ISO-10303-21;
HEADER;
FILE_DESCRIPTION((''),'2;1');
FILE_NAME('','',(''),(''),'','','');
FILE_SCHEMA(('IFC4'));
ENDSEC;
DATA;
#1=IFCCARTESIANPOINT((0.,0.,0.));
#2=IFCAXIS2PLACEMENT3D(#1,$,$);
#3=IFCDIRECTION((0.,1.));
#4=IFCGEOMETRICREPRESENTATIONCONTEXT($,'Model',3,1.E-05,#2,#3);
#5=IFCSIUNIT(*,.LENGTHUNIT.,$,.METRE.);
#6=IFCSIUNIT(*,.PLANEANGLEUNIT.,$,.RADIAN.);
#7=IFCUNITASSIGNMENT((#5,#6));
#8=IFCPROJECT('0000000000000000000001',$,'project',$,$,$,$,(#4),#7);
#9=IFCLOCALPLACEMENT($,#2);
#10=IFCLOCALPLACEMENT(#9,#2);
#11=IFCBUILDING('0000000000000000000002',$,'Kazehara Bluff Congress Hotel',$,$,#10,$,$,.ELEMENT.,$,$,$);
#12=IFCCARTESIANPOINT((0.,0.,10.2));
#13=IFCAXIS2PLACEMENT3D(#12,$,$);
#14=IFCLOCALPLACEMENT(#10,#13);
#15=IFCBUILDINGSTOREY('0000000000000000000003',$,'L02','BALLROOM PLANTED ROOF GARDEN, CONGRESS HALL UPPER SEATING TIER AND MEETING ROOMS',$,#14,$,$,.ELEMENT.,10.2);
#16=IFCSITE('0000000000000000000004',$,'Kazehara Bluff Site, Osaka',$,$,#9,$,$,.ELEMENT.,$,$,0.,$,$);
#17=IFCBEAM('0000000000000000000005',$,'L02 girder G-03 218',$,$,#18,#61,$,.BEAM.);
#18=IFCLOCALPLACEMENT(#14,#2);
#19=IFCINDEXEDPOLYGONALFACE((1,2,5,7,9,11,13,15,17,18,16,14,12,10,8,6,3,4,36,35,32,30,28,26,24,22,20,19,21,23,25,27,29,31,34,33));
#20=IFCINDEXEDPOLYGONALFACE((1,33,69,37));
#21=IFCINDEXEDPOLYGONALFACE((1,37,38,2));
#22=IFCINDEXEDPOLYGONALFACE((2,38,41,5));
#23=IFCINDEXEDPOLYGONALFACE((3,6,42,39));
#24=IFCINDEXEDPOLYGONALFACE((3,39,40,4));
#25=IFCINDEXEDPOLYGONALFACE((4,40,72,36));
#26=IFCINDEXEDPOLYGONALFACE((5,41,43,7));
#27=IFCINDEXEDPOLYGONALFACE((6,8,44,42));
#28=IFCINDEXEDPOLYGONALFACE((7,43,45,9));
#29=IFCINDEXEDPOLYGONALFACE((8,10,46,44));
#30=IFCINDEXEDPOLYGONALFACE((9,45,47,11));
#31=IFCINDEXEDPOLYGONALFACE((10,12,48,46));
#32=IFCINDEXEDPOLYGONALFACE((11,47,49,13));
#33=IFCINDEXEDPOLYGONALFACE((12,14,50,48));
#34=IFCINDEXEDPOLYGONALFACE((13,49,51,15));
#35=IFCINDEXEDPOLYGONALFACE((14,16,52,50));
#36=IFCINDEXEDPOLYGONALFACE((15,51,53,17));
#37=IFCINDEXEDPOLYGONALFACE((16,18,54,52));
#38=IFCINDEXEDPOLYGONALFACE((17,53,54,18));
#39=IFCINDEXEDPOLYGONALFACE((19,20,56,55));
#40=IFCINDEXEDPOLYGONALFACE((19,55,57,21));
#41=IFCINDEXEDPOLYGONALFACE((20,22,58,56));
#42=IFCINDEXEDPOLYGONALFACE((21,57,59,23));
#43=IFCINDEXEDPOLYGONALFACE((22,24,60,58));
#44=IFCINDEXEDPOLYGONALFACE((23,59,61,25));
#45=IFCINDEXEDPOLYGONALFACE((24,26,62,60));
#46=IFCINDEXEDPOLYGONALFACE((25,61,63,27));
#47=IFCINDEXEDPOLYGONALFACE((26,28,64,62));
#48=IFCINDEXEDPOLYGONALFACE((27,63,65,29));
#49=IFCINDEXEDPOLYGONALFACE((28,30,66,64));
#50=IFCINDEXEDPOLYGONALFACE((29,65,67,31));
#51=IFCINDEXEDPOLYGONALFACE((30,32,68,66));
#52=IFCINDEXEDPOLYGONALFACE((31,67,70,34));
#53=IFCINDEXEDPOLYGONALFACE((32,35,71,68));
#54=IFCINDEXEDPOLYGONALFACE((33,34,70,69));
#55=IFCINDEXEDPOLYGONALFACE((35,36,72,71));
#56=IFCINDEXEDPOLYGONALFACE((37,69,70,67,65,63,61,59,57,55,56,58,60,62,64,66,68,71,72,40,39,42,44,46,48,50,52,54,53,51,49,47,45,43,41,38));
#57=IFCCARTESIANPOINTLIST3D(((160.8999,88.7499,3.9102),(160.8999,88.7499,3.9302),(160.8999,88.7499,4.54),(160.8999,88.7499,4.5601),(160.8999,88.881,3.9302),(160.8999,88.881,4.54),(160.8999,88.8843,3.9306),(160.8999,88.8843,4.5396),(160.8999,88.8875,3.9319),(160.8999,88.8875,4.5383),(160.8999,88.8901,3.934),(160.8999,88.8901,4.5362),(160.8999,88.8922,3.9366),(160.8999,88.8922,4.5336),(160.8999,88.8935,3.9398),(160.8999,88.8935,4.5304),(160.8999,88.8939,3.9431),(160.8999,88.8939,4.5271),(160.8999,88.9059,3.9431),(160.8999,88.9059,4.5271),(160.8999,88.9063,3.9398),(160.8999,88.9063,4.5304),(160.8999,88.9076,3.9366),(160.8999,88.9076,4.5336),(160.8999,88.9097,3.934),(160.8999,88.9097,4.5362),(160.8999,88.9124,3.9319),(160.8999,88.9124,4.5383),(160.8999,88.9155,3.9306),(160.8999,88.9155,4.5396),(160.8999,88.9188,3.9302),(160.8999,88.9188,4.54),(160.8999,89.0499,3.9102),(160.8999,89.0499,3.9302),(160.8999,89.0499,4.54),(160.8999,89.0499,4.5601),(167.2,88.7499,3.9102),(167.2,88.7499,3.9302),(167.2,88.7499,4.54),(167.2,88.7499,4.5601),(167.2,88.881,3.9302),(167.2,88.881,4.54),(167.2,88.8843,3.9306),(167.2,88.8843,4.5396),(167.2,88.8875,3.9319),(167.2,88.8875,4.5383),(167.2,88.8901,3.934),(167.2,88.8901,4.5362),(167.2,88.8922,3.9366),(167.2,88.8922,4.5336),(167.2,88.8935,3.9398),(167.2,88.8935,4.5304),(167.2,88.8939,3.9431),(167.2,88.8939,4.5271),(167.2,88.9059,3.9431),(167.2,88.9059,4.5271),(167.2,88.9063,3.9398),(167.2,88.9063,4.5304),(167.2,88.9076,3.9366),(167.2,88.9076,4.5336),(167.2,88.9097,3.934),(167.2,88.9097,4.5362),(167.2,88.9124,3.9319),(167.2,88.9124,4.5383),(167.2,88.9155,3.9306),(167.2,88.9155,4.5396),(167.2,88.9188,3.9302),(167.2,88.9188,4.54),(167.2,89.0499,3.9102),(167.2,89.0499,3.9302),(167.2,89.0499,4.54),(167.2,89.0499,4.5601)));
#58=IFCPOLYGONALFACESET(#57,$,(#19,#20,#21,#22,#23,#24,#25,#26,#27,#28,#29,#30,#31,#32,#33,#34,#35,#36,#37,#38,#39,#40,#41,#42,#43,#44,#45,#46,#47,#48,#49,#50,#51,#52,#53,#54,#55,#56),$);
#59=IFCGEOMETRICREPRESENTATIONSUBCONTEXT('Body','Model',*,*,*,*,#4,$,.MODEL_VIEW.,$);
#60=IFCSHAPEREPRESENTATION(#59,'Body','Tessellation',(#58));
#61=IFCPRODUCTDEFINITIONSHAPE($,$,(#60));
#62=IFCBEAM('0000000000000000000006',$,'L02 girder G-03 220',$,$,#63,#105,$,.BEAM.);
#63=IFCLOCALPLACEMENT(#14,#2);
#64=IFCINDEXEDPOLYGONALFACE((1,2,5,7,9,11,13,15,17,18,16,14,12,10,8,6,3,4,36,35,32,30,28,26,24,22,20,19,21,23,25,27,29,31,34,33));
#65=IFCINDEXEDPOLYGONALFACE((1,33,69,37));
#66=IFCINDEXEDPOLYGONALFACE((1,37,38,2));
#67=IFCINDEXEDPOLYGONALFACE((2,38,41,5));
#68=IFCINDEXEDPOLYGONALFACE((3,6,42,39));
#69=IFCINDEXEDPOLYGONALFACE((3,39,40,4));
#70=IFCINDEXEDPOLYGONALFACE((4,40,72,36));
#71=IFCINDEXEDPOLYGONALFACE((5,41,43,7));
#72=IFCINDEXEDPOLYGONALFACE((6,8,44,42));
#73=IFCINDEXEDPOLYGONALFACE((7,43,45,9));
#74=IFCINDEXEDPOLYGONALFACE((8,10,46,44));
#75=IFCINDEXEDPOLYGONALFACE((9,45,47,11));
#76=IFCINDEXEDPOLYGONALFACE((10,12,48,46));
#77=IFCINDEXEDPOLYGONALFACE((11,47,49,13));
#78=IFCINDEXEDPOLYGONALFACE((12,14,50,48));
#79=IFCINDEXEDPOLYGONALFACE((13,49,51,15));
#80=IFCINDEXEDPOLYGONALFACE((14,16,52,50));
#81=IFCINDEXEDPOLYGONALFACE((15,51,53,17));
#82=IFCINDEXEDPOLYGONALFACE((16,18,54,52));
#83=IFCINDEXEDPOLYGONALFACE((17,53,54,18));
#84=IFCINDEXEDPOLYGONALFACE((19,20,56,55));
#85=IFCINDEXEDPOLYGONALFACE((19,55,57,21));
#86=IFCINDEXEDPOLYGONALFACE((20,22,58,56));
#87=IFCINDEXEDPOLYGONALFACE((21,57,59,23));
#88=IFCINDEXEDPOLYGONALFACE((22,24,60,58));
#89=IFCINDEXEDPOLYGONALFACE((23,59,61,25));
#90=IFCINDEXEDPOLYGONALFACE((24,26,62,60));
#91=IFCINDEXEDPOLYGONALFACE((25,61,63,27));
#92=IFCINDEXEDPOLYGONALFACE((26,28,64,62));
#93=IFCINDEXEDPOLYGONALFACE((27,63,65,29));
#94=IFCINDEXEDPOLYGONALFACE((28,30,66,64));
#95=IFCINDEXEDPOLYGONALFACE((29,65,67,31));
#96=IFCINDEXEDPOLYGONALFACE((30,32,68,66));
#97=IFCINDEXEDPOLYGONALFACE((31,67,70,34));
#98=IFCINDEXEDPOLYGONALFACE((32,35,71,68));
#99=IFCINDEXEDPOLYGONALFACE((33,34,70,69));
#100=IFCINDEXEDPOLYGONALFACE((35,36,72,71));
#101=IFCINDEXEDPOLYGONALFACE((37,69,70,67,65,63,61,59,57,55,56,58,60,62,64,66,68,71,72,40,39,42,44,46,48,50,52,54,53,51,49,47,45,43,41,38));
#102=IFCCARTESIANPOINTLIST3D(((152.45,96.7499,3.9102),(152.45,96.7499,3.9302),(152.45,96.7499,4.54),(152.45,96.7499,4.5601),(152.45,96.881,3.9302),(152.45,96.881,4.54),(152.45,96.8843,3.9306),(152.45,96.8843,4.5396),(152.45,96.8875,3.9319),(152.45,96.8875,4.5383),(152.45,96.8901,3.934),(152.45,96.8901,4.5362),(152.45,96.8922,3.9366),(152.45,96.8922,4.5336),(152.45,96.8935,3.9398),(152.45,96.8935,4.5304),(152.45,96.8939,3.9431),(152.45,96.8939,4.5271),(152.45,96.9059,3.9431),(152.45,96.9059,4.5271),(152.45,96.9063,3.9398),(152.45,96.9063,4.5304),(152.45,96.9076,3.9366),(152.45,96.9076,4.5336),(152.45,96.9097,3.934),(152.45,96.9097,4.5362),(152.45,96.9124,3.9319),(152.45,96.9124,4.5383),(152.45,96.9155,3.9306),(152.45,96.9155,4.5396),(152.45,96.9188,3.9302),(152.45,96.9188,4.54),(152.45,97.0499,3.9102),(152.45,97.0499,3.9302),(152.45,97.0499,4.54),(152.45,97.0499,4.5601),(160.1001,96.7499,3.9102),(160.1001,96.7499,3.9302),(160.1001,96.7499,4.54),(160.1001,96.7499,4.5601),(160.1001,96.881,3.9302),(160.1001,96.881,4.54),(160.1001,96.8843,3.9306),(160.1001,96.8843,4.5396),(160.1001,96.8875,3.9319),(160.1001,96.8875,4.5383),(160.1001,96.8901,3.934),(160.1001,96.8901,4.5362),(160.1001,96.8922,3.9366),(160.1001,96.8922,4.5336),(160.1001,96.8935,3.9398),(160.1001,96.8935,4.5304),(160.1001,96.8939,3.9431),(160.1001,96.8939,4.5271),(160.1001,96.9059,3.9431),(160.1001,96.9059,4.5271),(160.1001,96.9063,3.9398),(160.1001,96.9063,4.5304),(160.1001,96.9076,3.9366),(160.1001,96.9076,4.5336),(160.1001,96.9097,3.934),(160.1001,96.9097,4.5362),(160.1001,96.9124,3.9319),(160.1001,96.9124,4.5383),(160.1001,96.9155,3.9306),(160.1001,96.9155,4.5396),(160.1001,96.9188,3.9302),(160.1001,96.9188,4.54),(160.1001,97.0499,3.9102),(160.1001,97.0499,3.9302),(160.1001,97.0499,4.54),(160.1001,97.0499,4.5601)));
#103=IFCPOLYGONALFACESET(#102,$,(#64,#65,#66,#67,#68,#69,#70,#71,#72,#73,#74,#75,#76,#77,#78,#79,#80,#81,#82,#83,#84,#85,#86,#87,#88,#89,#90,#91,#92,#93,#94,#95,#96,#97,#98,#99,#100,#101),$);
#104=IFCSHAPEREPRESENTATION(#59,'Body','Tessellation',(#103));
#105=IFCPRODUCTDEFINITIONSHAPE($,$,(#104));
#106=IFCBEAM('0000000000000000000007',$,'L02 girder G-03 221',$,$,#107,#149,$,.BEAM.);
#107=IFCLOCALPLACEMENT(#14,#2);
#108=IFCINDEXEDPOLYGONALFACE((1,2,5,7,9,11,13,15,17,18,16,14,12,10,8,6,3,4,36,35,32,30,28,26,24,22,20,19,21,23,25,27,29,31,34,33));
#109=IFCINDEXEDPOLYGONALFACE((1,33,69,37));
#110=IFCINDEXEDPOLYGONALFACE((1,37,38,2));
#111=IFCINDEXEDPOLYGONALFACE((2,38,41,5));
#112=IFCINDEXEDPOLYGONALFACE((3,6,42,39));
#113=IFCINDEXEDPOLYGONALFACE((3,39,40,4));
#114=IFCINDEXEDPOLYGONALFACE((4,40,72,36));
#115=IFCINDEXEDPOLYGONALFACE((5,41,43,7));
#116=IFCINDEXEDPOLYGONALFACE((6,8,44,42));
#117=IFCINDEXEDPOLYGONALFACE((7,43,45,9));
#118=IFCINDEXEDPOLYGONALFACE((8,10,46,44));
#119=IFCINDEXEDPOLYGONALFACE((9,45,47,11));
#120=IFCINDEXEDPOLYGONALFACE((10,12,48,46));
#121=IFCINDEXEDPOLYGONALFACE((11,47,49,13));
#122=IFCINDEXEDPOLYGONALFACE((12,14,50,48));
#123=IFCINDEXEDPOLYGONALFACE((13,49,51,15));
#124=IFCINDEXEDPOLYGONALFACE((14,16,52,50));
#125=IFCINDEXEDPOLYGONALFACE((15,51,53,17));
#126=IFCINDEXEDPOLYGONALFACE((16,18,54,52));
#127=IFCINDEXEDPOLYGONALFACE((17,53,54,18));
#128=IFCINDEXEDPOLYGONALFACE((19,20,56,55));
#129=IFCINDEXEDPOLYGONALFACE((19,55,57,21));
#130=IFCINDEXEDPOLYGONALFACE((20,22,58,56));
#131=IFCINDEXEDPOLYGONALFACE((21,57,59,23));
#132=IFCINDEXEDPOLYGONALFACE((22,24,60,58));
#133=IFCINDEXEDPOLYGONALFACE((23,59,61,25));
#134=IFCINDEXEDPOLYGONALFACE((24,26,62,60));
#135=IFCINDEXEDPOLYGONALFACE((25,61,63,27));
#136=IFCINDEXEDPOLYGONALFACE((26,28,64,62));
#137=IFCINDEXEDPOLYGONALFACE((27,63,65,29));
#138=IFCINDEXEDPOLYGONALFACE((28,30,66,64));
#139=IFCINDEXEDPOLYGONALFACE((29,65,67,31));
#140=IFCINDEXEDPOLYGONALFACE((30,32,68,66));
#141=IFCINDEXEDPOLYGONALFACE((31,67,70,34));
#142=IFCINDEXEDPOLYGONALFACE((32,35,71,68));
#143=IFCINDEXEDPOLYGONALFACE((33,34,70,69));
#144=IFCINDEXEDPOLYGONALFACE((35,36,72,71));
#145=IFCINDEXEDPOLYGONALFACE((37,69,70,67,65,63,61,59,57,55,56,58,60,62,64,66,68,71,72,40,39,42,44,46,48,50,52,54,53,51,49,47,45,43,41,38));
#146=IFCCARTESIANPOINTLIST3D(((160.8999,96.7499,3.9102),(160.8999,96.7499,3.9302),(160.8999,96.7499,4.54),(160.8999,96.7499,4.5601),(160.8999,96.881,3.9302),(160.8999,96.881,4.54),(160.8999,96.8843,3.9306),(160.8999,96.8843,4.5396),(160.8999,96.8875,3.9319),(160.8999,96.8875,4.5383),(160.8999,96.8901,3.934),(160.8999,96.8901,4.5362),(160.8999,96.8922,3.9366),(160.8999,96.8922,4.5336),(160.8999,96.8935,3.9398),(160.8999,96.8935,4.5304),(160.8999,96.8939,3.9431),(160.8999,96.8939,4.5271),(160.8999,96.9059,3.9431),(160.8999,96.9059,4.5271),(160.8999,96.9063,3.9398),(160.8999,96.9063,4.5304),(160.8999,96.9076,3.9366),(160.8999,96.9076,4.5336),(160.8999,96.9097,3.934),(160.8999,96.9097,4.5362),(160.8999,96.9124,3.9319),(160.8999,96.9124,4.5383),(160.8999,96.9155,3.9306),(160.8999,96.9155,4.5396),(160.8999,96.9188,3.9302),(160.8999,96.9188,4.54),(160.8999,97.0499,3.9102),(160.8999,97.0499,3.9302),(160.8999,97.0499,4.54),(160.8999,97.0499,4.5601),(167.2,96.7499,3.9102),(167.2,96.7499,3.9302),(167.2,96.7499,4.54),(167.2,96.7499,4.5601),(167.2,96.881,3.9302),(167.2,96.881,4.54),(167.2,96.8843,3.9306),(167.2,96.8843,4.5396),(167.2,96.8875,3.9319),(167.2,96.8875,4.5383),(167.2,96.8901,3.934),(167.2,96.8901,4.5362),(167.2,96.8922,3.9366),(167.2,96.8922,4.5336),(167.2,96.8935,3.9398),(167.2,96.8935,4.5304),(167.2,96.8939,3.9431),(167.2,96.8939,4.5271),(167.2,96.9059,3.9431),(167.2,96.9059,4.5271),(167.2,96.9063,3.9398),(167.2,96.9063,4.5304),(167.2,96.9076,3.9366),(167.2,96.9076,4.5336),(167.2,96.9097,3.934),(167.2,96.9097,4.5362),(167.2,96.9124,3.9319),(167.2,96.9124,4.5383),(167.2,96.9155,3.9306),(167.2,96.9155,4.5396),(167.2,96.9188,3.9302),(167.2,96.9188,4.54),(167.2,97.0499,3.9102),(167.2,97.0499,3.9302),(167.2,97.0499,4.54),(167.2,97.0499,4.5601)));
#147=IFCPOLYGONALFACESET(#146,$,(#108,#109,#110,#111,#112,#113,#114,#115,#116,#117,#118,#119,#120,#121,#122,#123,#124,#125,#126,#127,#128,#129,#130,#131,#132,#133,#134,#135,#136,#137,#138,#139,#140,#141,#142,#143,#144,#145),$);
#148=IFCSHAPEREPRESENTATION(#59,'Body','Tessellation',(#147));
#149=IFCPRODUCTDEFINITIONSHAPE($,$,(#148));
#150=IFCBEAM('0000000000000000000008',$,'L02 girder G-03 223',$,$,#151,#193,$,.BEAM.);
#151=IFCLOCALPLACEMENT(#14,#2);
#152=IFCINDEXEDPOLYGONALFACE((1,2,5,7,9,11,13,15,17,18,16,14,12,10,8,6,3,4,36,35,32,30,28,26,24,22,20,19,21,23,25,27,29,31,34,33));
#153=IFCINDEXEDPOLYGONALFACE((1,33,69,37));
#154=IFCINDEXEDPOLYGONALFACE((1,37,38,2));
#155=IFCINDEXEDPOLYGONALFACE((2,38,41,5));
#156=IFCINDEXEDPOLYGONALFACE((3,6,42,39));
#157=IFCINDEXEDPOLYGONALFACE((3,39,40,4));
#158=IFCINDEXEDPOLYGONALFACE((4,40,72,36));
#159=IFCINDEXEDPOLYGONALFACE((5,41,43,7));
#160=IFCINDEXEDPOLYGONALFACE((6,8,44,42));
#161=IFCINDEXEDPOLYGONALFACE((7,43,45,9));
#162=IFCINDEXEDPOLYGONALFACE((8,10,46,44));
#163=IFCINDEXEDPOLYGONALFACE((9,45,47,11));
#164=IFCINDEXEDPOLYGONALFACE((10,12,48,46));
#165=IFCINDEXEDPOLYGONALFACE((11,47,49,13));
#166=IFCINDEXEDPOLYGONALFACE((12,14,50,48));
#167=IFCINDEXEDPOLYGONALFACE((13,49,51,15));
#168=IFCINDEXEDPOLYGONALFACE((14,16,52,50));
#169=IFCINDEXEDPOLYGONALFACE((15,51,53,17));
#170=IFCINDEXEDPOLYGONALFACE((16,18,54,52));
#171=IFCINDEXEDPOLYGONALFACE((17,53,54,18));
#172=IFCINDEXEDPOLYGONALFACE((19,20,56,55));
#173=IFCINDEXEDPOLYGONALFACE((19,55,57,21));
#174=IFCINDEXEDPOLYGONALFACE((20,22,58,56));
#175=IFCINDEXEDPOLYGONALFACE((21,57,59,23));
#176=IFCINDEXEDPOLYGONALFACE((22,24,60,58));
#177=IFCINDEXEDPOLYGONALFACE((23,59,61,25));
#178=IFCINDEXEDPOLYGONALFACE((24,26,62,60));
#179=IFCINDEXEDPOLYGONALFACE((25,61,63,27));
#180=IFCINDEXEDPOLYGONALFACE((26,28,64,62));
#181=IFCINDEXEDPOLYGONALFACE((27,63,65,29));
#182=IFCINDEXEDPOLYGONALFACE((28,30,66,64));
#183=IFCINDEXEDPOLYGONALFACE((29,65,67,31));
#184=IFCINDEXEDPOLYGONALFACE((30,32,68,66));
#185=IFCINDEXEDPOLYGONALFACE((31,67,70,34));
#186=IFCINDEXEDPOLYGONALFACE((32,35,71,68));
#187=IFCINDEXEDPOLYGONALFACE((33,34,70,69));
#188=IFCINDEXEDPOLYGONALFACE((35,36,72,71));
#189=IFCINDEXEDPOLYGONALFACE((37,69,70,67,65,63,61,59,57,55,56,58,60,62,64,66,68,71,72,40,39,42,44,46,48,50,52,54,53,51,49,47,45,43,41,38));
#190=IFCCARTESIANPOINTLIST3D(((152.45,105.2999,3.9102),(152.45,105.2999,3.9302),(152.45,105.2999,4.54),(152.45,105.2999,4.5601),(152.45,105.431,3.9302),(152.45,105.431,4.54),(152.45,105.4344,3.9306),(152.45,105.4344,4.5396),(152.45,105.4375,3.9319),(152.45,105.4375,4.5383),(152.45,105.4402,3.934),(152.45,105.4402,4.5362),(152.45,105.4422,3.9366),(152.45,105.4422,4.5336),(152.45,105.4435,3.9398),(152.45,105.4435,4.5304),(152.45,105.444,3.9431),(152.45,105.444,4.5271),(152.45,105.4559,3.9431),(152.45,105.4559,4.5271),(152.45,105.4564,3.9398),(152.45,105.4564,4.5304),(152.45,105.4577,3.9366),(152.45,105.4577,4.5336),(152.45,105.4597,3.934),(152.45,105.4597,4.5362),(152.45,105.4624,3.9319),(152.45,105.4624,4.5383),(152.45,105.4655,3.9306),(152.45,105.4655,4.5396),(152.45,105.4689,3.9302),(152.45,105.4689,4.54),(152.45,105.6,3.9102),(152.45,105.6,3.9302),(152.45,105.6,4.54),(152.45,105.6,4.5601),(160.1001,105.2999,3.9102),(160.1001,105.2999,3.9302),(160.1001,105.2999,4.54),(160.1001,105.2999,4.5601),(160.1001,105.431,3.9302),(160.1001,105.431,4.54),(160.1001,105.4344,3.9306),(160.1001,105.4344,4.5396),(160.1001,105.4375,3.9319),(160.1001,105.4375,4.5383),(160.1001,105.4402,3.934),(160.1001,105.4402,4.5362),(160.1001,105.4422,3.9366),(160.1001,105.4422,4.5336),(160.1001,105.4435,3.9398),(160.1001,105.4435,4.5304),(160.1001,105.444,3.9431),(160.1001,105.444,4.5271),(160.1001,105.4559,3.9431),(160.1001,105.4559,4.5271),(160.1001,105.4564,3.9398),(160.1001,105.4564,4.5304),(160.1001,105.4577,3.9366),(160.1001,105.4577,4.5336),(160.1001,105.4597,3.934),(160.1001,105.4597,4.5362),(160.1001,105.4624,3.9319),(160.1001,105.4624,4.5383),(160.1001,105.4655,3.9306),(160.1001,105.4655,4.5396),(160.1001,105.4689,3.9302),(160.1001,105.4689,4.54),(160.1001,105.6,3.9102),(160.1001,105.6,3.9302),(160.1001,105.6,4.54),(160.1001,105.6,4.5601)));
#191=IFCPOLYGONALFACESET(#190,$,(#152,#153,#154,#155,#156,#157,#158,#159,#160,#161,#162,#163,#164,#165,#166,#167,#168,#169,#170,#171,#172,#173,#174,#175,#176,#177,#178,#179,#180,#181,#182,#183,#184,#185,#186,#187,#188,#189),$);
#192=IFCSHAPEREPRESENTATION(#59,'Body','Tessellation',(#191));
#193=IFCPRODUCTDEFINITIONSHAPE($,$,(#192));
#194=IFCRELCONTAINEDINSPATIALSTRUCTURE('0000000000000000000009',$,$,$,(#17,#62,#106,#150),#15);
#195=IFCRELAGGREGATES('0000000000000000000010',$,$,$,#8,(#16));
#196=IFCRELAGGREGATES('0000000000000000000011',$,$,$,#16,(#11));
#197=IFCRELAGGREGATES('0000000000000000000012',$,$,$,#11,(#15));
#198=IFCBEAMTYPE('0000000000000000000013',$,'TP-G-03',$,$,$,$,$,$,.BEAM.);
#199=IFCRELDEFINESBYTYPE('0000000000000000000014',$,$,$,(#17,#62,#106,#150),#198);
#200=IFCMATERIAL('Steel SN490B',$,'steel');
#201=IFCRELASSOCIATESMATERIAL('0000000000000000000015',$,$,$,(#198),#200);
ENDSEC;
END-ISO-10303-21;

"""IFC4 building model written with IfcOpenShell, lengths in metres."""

from ifc_helpers import new_model, si_unit, direction, frame, origin, origin_2d, place, context, subcontext, project, spatial, i_section, extrude, material, material_profile, profile_set, type_object, element, save


model = new_model("IFC4")

# Units and contexts
model_context = context("Model", 3, precision=1e-05, world=origin(), true_north=direction((0.0, 1.0)))
body_context = subcontext(model_context, "Body", "Model", "MODEL_VIEW")
ifc_project = project(units=[si_unit("LENGTHUNIT", "METRE"), si_unit("PLANEANGLEUNIT", "RADIAN")], contexts=[model_context])

# Site, building, storey
site_placement = place(None, origin())
site = spatial("IfcSite", under=ifc_project, at=site_placement, Name="Kazehara Bluff Site, Osaka", CompositionType="ELEMENT", RefElevation=0.0)
building_placement = place(site_placement, origin())
building = spatial("IfcBuilding", under=site, at=building_placement, Name="Kazehara Bluff Congress Hotel", CompositionType="ELEMENT")
storey_placement = place(building_placement, frame((0.0, 0.0, 10.2)))
storey = spatial("IfcBuildingStorey", under=building, at=storey_placement, Name="L02", Description="BALLROOM PLANTED ROOF GARDEN, CONGRESS HALL UPPER SEATING TIER AND MEETING ROOMS", CompositionType="ELEMENT", Elevation=10.2)

# Beams
ifc_material_1 = material(Name="Steel SN490B", Category="steel")
ifc_material_profile_1 = material_profile(ifc_material_1, i_section(OverallWidth=0.3, OverallDepth=0.6499, WebThickness=0.012, FlangeThickness=0.02, FilletRadius=0.0129, at=origin_2d()))
ifc_profile_set_1 = profile_set([ifc_material_profile_1], Name="Steel SN490B")
beam_type_1 = type_object("IfcBeamType", Name="TP-G-03", PredefinedType="BEAM", material=ifc_profile_set_1)
beam_1_placement = place(storey_placement, frame((160.8999, 88.8999, 4.2351), z_axis=(1.0, 0.0, 0.0), x_axis=(0.0, 1.0, 0.0)))
element("IfcBeam", 1, at=beam_1_placement, inside=storey, type_object=beam_type_1, Name="L02 girder G-03 218", PredefinedType="BEAM", context=body_context, shape_type="SweptSolid", body=[
    extrude(i_section(OverallWidth=0.3, OverallDepth=0.6499, WebThickness=0.012, FlangeThickness=0.02, FilletRadius=0.0129, at=origin_2d()), origin(), (0.0, 0.0, 1.0), 6.3),
])
beam_2_placement = place(storey_placement, frame((152.45, 96.8999, 4.2351), z_axis=(1.0, 0.0, 0.0), x_axis=(0.0, 1.0, 0.0)))
element("IfcBeam", 2, at=beam_2_placement, inside=storey, type_object=beam_type_1, Name="L02 girder G-03 220", PredefinedType="BEAM", context=body_context, shape_type="SweptSolid", body=[
    extrude(i_section(OverallWidth=0.3, OverallDepth=0.6499, WebThickness=0.012, FlangeThickness=0.02, FilletRadius=0.0129, at=origin_2d()), origin(), (0.0, 0.0, 1.0), 7.6501),
])
beam_3_placement = place(storey_placement, frame((160.8999, 96.8999, 4.2351), z_axis=(1.0, 0.0, 0.0), x_axis=(0.0, 1.0, 0.0)))
element("IfcBeam", 3, at=beam_3_placement, inside=storey, type_object=beam_type_1, Name="L02 girder G-03 221", PredefinedType="BEAM", context=body_context, shape_type="SweptSolid", body=[
    extrude(i_section(OverallWidth=0.3, OverallDepth=0.6499, WebThickness=0.012, FlangeThickness=0.02, FilletRadius=0.0129, at=origin_2d()), origin(), (0.0, 0.0, 1.0), 6.3),
])
beam_4_placement = place(storey_placement, frame((152.45, 105.45, 4.2351), z_axis=(1.0, 0.0, 0.0), x_axis=(0.0, 1.0, 0.0)))
element("IfcBeam", 4, at=beam_4_placement, inside=storey, type_object=beam_type_1, Name="L02 girder G-03 223", PredefinedType="BEAM", context=body_context, shape_type="SweptSolid", body=[
    extrude(i_section(OverallWidth=0.3, OverallDepth=0.6499, WebThickness=0.012, FlangeThickness=0.02, FilletRadius=0.0129, at=origin_2d()), origin(), (0.0, 0.0, 1.0), 7.6501),
])

save(model, "model.ifc")
